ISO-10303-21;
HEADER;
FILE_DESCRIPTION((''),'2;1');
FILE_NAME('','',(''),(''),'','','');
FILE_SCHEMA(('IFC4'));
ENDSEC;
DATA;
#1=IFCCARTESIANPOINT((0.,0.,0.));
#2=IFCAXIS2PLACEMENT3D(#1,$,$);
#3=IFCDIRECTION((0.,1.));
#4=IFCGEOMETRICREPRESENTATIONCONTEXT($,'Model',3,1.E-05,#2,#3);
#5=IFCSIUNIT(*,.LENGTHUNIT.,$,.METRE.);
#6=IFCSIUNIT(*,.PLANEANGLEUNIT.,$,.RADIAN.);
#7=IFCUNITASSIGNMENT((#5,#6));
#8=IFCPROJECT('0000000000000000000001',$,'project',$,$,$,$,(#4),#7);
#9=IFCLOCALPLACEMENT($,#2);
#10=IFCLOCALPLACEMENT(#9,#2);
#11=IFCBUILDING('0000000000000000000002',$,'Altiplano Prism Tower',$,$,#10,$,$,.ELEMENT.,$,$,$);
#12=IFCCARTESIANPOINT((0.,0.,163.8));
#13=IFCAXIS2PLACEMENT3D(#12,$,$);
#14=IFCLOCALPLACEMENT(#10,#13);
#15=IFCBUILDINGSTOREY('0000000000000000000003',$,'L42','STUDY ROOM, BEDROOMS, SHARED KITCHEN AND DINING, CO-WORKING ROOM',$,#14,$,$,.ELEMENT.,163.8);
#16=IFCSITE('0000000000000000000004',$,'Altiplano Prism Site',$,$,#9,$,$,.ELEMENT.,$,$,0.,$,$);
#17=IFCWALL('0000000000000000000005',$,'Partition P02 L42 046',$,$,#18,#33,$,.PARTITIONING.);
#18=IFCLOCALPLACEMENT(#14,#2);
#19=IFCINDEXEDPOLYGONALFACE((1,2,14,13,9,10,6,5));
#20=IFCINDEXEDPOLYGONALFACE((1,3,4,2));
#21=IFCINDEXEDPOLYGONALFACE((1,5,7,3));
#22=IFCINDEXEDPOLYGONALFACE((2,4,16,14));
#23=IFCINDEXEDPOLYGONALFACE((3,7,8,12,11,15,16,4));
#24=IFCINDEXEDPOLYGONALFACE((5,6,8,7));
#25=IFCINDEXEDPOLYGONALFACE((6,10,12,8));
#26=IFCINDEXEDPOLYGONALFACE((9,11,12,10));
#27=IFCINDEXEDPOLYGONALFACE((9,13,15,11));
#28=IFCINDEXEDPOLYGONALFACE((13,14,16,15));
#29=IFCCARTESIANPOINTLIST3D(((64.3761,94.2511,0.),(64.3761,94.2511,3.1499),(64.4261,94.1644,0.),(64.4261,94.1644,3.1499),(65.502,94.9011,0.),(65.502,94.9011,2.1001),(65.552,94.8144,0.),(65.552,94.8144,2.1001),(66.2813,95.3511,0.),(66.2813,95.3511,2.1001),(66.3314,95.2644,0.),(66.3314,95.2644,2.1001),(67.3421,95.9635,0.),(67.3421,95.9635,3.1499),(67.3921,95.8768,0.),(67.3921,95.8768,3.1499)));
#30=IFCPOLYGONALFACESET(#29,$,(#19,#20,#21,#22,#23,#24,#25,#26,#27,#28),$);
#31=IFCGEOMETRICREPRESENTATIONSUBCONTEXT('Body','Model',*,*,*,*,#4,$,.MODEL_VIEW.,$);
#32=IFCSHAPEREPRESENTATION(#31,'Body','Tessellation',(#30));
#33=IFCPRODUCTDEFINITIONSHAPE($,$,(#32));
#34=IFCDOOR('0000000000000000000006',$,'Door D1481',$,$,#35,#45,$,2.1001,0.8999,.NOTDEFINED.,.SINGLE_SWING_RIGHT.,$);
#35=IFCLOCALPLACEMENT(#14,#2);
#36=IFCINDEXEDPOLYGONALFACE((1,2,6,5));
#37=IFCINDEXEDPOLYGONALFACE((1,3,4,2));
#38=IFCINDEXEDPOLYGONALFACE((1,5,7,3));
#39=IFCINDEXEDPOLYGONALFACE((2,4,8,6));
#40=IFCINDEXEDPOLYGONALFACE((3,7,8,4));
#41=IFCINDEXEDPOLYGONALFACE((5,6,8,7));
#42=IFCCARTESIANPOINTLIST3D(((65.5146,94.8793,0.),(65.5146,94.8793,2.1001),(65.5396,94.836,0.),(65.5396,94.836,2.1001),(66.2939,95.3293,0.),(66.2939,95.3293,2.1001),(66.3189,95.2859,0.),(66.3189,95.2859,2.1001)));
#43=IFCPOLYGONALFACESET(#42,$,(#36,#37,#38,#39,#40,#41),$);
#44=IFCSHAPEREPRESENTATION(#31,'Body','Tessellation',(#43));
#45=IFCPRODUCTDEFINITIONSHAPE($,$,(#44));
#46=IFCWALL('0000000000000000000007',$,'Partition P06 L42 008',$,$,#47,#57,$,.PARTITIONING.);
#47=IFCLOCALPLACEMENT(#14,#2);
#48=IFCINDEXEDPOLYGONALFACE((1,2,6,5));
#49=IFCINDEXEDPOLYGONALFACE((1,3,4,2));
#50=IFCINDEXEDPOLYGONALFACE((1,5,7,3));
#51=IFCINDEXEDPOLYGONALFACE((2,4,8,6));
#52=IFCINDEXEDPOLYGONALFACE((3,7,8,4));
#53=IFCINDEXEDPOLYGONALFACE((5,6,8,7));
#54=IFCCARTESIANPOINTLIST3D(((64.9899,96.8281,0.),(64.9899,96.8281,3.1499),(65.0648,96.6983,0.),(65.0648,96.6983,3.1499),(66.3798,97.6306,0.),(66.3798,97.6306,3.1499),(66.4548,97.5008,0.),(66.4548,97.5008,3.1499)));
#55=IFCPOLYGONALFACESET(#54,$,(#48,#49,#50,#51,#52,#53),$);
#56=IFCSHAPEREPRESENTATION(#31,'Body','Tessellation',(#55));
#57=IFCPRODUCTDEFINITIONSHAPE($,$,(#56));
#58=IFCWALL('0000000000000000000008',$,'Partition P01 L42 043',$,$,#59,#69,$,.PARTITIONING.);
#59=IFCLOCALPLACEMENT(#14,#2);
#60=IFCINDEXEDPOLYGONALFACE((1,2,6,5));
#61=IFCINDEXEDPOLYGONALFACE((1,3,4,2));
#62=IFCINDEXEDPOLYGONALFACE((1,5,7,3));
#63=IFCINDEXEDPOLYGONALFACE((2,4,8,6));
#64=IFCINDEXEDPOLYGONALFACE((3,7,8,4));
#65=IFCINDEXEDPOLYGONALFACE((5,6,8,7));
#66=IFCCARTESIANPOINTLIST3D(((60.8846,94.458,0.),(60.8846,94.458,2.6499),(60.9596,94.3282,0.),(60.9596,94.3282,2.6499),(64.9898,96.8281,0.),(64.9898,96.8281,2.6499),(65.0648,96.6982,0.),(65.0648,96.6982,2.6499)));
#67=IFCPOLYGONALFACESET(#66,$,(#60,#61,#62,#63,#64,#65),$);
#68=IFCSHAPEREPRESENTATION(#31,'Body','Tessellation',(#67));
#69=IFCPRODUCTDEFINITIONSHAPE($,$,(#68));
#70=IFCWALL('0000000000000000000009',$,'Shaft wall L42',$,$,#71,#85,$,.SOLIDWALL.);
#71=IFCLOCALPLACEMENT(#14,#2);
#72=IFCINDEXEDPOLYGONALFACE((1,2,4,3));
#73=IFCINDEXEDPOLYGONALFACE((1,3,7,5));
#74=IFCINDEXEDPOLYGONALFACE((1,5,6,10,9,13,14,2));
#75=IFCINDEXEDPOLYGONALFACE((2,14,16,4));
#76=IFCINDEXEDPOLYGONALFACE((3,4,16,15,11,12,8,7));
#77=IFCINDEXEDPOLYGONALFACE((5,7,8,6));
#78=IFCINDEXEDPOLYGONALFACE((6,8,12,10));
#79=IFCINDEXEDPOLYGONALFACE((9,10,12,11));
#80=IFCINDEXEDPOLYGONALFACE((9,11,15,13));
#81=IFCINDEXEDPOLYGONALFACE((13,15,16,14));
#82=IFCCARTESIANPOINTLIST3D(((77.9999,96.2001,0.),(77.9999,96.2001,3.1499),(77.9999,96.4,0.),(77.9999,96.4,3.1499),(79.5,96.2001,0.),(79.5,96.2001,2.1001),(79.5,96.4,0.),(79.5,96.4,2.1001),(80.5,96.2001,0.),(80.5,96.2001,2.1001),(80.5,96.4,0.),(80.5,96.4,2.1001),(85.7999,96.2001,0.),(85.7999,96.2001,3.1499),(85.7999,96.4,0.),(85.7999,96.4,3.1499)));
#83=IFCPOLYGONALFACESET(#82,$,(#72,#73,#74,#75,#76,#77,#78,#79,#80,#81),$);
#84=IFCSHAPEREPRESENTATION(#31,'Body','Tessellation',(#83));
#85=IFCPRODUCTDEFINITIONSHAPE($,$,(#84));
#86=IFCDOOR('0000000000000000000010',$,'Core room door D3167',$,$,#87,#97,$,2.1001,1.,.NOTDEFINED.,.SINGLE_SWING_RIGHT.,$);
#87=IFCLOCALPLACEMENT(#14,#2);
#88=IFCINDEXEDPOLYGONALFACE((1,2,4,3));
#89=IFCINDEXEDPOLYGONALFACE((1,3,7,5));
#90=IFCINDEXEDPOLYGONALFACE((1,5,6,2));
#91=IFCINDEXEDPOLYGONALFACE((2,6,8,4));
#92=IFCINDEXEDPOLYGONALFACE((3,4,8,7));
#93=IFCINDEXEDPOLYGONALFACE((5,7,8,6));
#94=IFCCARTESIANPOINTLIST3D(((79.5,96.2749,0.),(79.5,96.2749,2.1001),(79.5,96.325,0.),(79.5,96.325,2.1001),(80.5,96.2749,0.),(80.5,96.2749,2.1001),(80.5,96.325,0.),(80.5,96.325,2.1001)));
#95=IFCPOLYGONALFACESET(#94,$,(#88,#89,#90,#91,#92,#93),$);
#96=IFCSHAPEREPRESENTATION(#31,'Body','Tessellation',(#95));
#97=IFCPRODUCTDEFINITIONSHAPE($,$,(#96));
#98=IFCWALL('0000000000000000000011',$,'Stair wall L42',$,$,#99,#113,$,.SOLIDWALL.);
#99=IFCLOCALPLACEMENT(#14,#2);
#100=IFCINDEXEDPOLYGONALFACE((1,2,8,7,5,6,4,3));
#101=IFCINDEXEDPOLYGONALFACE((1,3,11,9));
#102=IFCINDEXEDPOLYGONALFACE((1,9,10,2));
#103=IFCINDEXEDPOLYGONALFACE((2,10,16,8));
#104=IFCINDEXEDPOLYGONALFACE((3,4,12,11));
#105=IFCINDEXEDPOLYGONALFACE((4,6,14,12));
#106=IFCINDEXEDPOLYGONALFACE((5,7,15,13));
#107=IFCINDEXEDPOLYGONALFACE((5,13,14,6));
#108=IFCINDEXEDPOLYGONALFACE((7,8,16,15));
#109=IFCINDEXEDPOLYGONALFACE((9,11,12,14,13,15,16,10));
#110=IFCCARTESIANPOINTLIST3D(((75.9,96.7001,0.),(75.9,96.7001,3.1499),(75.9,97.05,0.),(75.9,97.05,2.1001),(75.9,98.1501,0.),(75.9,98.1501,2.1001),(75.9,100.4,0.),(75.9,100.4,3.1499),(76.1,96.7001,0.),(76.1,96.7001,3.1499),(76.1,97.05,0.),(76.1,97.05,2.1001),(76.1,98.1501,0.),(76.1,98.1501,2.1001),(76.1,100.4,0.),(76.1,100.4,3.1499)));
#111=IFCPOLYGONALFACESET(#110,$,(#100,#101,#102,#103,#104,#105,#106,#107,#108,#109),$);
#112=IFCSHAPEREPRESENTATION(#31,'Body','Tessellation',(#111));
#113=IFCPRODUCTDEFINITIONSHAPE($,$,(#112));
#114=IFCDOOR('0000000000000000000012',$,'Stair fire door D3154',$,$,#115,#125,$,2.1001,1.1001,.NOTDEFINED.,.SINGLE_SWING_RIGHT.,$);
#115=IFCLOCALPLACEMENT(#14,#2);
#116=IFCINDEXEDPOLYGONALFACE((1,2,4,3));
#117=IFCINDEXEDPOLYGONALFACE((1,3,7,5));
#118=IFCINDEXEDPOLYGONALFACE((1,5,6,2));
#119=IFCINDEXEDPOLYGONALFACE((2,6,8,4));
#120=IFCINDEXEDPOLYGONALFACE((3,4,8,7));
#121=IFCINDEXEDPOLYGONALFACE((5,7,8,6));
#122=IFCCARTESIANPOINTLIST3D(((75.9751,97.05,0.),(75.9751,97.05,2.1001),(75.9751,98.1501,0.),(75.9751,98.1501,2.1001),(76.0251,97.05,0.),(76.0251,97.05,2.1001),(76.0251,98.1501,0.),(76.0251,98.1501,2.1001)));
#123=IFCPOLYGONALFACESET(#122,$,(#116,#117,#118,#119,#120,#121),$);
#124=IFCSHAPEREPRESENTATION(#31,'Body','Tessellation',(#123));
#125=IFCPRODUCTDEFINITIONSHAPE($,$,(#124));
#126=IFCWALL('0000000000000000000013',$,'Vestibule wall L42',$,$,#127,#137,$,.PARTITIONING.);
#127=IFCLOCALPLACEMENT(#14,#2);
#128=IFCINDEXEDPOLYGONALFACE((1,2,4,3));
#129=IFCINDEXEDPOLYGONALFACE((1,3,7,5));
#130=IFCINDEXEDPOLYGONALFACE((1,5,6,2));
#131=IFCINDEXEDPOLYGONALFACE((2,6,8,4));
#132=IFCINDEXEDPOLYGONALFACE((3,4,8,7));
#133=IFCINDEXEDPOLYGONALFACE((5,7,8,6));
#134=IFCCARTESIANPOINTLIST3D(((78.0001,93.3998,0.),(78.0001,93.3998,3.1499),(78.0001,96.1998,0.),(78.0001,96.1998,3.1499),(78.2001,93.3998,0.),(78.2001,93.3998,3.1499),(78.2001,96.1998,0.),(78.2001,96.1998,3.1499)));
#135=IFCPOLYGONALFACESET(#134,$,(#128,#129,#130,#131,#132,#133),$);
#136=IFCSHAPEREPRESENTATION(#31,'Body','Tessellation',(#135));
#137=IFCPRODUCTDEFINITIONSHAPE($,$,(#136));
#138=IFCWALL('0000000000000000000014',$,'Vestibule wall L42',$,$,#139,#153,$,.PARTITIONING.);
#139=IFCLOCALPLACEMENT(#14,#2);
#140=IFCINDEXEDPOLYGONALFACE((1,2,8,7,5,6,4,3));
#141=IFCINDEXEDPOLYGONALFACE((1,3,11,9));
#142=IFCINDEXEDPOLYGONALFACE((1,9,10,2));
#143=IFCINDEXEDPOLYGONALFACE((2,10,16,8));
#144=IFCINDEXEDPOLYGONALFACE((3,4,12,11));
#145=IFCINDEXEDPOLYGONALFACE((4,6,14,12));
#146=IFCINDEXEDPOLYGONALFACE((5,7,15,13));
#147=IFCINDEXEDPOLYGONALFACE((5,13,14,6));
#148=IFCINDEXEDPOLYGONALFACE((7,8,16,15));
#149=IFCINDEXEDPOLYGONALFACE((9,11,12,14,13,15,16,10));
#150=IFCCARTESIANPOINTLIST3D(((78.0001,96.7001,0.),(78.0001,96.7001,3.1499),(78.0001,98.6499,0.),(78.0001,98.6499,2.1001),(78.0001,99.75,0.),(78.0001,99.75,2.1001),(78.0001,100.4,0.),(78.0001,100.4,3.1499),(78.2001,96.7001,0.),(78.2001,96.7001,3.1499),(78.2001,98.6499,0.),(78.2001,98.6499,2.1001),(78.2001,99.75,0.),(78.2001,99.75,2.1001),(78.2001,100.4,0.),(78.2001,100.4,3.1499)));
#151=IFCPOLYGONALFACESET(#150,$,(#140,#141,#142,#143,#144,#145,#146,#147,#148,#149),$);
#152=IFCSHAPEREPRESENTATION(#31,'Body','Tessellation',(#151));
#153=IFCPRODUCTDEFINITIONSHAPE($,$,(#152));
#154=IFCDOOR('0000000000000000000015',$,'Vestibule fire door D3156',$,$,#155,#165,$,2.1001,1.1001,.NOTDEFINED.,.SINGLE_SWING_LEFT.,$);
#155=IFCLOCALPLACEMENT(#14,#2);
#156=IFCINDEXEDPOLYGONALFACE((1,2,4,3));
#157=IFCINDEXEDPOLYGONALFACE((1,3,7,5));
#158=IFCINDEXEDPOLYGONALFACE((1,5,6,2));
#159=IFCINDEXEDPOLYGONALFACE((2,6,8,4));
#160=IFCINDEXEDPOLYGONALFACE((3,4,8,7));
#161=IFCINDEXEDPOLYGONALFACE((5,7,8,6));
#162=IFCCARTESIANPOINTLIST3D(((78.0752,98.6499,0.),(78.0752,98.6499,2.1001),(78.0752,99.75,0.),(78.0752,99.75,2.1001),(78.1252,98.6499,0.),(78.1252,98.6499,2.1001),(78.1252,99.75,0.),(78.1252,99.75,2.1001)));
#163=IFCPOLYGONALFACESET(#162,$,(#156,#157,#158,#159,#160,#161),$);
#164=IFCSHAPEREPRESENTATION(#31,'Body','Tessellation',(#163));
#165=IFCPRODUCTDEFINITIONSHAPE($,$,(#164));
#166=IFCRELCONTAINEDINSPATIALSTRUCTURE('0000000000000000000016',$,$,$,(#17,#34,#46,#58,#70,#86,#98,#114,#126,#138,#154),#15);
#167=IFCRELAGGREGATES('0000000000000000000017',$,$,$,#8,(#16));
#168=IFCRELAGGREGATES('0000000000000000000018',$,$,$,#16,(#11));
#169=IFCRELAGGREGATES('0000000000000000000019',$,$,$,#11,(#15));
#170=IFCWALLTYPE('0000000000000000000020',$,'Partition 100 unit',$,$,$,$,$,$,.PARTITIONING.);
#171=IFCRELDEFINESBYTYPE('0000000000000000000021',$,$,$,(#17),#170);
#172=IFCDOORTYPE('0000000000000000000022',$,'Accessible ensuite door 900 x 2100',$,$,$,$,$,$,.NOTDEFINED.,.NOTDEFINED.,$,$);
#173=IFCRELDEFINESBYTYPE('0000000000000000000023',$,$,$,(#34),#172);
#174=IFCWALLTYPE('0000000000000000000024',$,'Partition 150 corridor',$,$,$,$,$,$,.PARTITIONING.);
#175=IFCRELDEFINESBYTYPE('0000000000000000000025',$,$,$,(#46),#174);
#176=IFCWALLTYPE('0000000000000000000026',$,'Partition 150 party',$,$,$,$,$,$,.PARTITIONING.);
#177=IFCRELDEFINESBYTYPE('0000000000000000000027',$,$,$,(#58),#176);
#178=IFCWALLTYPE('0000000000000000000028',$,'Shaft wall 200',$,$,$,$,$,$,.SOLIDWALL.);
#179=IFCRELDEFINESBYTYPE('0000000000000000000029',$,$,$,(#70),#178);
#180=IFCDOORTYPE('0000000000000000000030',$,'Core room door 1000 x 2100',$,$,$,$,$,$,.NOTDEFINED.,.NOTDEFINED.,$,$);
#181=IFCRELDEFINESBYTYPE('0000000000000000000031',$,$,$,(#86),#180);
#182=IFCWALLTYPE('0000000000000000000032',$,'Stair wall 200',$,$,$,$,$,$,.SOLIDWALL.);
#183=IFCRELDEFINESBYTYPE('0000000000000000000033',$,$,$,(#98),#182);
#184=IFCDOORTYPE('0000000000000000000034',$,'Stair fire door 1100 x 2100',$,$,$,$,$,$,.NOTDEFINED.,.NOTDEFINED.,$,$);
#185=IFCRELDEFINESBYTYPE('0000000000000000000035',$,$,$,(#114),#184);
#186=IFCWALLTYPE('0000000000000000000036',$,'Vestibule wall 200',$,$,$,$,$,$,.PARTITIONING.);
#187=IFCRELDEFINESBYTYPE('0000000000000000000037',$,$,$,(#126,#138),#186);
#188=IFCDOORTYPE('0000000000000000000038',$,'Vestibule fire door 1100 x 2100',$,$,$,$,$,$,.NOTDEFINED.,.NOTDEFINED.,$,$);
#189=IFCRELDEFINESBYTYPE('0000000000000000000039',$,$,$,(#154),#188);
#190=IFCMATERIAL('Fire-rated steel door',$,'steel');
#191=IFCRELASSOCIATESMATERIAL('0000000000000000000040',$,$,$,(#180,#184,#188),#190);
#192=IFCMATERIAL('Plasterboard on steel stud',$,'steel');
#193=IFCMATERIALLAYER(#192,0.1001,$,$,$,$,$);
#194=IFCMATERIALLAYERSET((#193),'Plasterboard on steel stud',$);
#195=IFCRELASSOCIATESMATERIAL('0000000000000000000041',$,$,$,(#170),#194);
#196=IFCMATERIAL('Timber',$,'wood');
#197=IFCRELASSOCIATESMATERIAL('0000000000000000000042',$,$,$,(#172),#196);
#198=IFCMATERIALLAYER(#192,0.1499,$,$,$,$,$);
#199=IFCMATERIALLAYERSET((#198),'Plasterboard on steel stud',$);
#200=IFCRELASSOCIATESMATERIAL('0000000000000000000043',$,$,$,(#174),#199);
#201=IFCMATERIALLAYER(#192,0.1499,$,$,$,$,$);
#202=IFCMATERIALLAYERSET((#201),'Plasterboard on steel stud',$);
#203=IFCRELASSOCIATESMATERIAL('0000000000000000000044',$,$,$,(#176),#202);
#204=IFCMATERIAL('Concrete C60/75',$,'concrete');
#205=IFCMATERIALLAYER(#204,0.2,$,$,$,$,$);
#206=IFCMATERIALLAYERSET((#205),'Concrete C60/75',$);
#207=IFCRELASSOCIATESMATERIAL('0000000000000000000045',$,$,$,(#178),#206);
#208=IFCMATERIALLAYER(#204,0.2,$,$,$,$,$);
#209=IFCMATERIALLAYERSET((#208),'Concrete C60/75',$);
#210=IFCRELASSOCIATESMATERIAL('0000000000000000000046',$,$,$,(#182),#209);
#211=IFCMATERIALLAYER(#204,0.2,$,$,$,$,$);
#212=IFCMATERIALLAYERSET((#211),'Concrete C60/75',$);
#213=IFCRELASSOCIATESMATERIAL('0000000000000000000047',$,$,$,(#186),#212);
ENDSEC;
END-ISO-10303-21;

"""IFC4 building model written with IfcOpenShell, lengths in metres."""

from ifc_helpers import new_model, si_unit, direction, frame, frame_2d, origin, place, context, subcontext, project, spatial, rectangle, extrude, material, layer, layer_set, type_object, element, fill, save


model = new_model("IFC4")

# Units and contexts
model_context = context("Model", 3, precision=1e-05, world=origin(), true_north=direction((0.0, 1.0)))
body_context = subcontext(model_context, "Body", "Model", "MODEL_VIEW")
ifc_project = project(units=[si_unit("LENGTHUNIT", "METRE"), si_unit("PLANEANGLEUNIT", "RADIAN")], contexts=[model_context])

# Site, building, storey
site_placement = place(None, origin())
site = spatial("IfcSite", under=ifc_project, at=site_placement, Name="Altiplano Prism Site", CompositionType="ELEMENT", RefElevation=0.0)
building_placement = place(site_placement, origin())
building = spatial("IfcBuilding", under=site, at=building_placement, Name="Altiplano Prism Tower", CompositionType="ELEMENT")
storey_placement = place(building_placement, frame((0.0, 0.0, 163.8)))
storey = spatial("IfcBuildingStorey", under=building, at=storey_placement, Name="L42", Description="STUDY ROOM, BEDROOMS, SHARED KITCHEN AND DINING, CO-WORKING ROOM", CompositionType="ELEMENT", Elevation=163.8)

# Shared definitions
ifc_material_1 = material(Name="Concrete C60/75", Category="concrete")

# Shared definitions
ifc_material_2 = material(Name="Fire-rated steel door", Category="steel")
door_type_1 = type_object("IfcDoorType", Name="Core room door 1000 x 2100", OperationType="NOTDEFINED", PredefinedType="NOTDEFINED", material=ifc_material_2)

# Shared definitions
ifc_material_3 = material(Name="Plasterboard on steel stud", Category="steel")
ifc_layer_1 = layer(ifc_material_3, 0.1001)
ifc_layer_set_1 = layer_set([ifc_layer_1], Name="Plasterboard on steel stud")
wall_type_1 = type_object("IfcWallType", Name="Partition 100 unit", PredefinedType="PARTITIONING", material=ifc_layer_set_1)

# Wall, opening, door
wall_1_placement = place(storey_placement, frame((64.4011, 94.2078, 0.0), z_axis=(0.0, 0.0, 1.0), x_axis=(0.866032, 0.499988, 0.0)))
wall_1 = element("IfcWall", 1, at=wall_1_placement, inside=storey, type_object=wall_type_1, Name="Partition P02 L42 046", PredefinedType="PARTITIONING", context=body_context, shape_type="SweptSolid", body=[
    extrude(rectangle(XDim=3.4248, YDim=0.1001, at=frame_2d((1.7124, 0.0))), origin(), (0.0, 0.0, 1.0), 3.1499),
])
opening_1_placement = place(wall_1_placement, frame((1.3, 0.0, 0.0)))
opening_1 = element("IfcOpeningElement", 2, at=opening_1_placement, cuts=wall_1, PredefinedType="OPENING", context=body_context, shape_type="SweptSolid", body=[
    extrude(rectangle(XDim=0.8999, YDim=2.1001, at=frame_2d((0.45, 1.05))), frame((0.0, 0.0605, 0.0), z_axis=(0.0, -1.0, 0.0), x_axis=(1.0, 0.0, 0.0)), (0.0, 0.0, 1.0), 0.1211),
])
ifc_material_4 = material(Name="Timber", Category="wood")
door_type_2 = type_object("IfcDoorType", Name="Accessible ensuite door 900 x 2100", OperationType="NOTDEFINED", PredefinedType="NOTDEFINED", material=ifc_material_4)
door_1_placement = place(opening_1_placement, origin())
door_1 = element("IfcDoor", 3, at=door_1_placement, inside=storey, type_object=door_type_2, Name="Door D1481", OperationType="SINGLE_SWING_RIGHT", OverallHeight=2.1001, OverallWidth=0.8999, PredefinedType="NOTDEFINED", context=body_context, shape_type="SweptSolid", body=[
    extrude(rectangle(XDim=0.8999, YDim=2.1001, at=frame_2d((0.45, 1.05))), frame((0.0, 0.0249, 0.0), z_axis=(0.0, -1.0, 0.0), x_axis=(1.0, 0.0, 0.0)), (0.0, 0.0, 1.0), 0.05),
])
fill(opening_1, door_1)

# Walls
ifc_layer_2 = layer(ifc_material_3, 0.1499)
ifc_layer_set_2 = layer_set([ifc_layer_2], Name="Plasterboard on steel stud")
wall_type_2 = type_object("IfcWallType", Name="Partition 150 corridor", PredefinedType="PARTITIONING", material=ifc_layer_set_2)
wall_2_placement = place(storey_placement, frame((65.0273, 96.7632, 0.0), z_axis=(0.0, 0.0, 1.0), x_axis=(0.866016, 0.500017, 0.0)))
element("IfcWall", 4, at=wall_2_placement, inside=storey, type_object=wall_type_2, Name="Partition P06 L42 008", PredefinedType="PARTITIONING", context=body_context, shape_type="SweptSolid", body=[
    extrude(rectangle(XDim=1.605, YDim=0.1499, at=frame_2d((0.8025, 0.0))), origin(), (0.0, 0.0, 1.0), 3.1499),
])
ifc_layer_3 = layer(ifc_material_3, 0.1499)
ifc_layer_set_3 = layer_set([ifc_layer_3], Name="Plasterboard on steel stud")
wall_type_3 = type_object("IfcWallType", Name="Partition 150 party", PredefinedType="PARTITIONING", material=ifc_layer_set_3)
wall_3_placement = place(storey_placement, frame((60.9221, 94.3931, 0.0), z_axis=(0.0, 0.0, 1.0), x_axis=(0.866029, 0.499994, 0.0)))
element("IfcWall", 5, at=wall_3_placement, inside=storey, type_object=wall_type_3, Name="Partition P01 L42 043", PredefinedType="PARTITIONING", context=body_context, shape_type="SweptSolid", body=[
    extrude(rectangle(XDim=4.7402, YDim=0.1499, at=frame_2d((2.3701, 0.0))), origin(), (0.0, 0.0, 1.0), 2.6499),
])

# Walls, openings, doors
ifc_layer_4 = layer(ifc_material_1, 0.2)
ifc_layer_set_4 = layer_set([ifc_layer_4], Name="Concrete C60/75")
wall_type_4 = type_object("IfcWallType", Name="Shaft wall 200", PredefinedType="SOLIDWALL", material=ifc_layer_set_4)
wall_4_placement = place(storey_placement, frame((78.0, 96.3, 0.0), z_axis=(0.0, 0.0, 1.0), x_axis=(1.0, 0.0, 0.0)))
wall_4 = element("IfcWall", 6, at=wall_4_placement, inside=storey, type_object=wall_type_4, Name="Shaft wall L42", PredefinedType="SOLIDWALL", context=body_context, shape_type="SweptSolid", body=[
    extrude(rectangle(XDim=7.8, YDim=0.2, at=frame_2d((3.8999, 0.0))), origin(), (0.0, 0.0, 1.0), 3.1499),
])
opening_2_placement = place(wall_4_placement, frame((1.5, 0.0, 0.0)))
opening_2 = element("IfcOpeningElement", 7, at=opening_2_placement, cuts=wall_4, PredefinedType="OPENING", context=body_context, shape_type="SweptSolid", body=[
    extrude(rectangle(XDim=1.0, YDim=2.1001, at=frame_2d((0.5, 1.05))), frame((0.0, 0.1104, 0.0), z_axis=(0.0, -1.0, 0.0), x_axis=(1.0, 0.0, 0.0)), (0.0, 0.0, 1.0), 0.2209),
])
door_2_placement = place(opening_2_placement, origin())
door_2 = element("IfcDoor", 8, at=door_2_placement, inside=storey, type_object=door_type_1, Name="Core room door D3167", OperationType="SINGLE_SWING_RIGHT", OverallHeight=2.1001, OverallWidth=1.0, PredefinedType="NOTDEFINED", context=body_context, shape_type="SweptSolid", body=[
    extrude(rectangle(XDim=1.0, YDim=2.1001, at=frame_2d((0.5, 1.05))), frame((0.0, 0.0249, 0.0), z_axis=(0.0, -1.0, 0.0), x_axis=(1.0, 0.0, 0.0)), (0.0, 0.0, 1.0), 0.05),
])
fill(opening_2, door_2)
ifc_layer_5 = layer(ifc_material_1, 0.2)
ifc_layer_set_5 = layer_set([ifc_layer_5], Name="Concrete C60/75")
wall_type_5 = type_object("IfcWallType", Name="Stair wall 200", PredefinedType="SOLIDWALL", material=ifc_layer_set_5)
wall_5_placement = place(storey_placement, frame((76.0, 96.7, 0.0), z_axis=(0.0, 0.0, 1.0), x_axis=(0.0, 1.0, 0.0)))
wall_5 = element("IfcWall", 9, at=wall_5_placement, inside=storey, type_object=wall_type_5, Name="Stair wall L42", PredefinedType="SOLIDWALL", context=body_context, shape_type="SweptSolid", body=[
    extrude(rectangle(XDim=3.7, YDim=0.2, at=frame_2d((1.8501, 0.0))), origin(), (0.0, 0.0, 1.0), 3.1499),
])
opening_3_placement = place(wall_5_placement, frame((0.3501, 0.0, 0.0)))
opening_3 = element("IfcOpeningElement", 10, at=opening_3_placement, cuts=wall_5, PredefinedType="OPENING", context=body_context, shape_type="SweptSolid", body=[
    extrude(rectangle(XDim=1.1001, YDim=2.1001, at=frame_2d((0.55, 1.05))), frame((0.0, 0.1104, 0.0), z_axis=(0.0, -1.0, 0.0), x_axis=(1.0, 0.0, 0.0)), (0.0, 0.0, 1.0), 0.2209),
])
door_type_3 = type_object("IfcDoorType", Name="Stair fire door 1100 x 2100", OperationType="NOTDEFINED", PredefinedType="NOTDEFINED", material=ifc_material_2)
door_3_placement = place(opening_3_placement, origin())
door_3 = element("IfcDoor", 11, at=door_3_placement, inside=storey, type_object=door_type_3, Name="Stair fire door D3154", OperationType="SINGLE_SWING_RIGHT", OverallHeight=2.1001, OverallWidth=1.1001, PredefinedType="NOTDEFINED", context=body_context, shape_type="SweptSolid", body=[
    extrude(rectangle(XDim=1.1001, YDim=2.1001, at=frame_2d((0.55, 1.05))), frame((0.0, 0.0249, 0.0), z_axis=(0.0, -1.0, 0.0), x_axis=(1.0, 0.0, 0.0)), (0.0, 0.0, 1.0), 0.05),
])
fill(opening_3, door_3)

# Wall
ifc_layer_6 = layer(ifc_material_1, 0.2)
ifc_layer_set_6 = layer_set([ifc_layer_6], Name="Concrete C60/75")
wall_type_6 = type_object("IfcWallType", Name="Vestibule wall 200", PredefinedType="PARTITIONING", material=ifc_layer_set_6)
wall_6_placement = place(storey_placement, frame((78.1001, 93.3999, 0.0), z_axis=(0.0, 0.0, 1.0), x_axis=(0.0, 1.0, 0.0)))
element("IfcWall", 12, at=wall_6_placement, inside=storey, type_object=wall_type_6, Name="Vestibule wall L42", PredefinedType="PARTITIONING", context=body_context, shape_type="SweptSolid", body=[
    extrude(rectangle(XDim=2.8, YDim=0.2, at=frame_2d((1.3999, 0.0))), origin(), (0.0, 0.0, 1.0), 3.1499),
])

# Wall, opening, door
wall_7_placement = place(storey_placement, frame((78.1001, 96.7, 0.0), z_axis=(0.0, 0.0, 1.0), x_axis=(0.0, 1.0, 0.0)))
wall_7 = element("IfcWall", 13, at=wall_7_placement, inside=storey, type_object=wall_type_6, Name="Vestibule wall L42", PredefinedType="PARTITIONING", context=body_context, shape_type="SweptSolid", body=[
    extrude(rectangle(XDim=3.7, YDim=0.2, at=frame_2d((1.8501, 0.0))), origin(), (0.0, 0.0, 1.0), 3.1499),
])
opening_4_placement = place(wall_7_placement, frame((1.95, 0.0, 0.0)))
opening_4 = element("IfcOpeningElement", 14, at=opening_4_placement, cuts=wall_7, PredefinedType="OPENING", context=body_context, shape_type="SweptSolid", body=[
    extrude(rectangle(XDim=1.1001, YDim=2.1001, at=frame_2d((0.55, 1.05))), frame((0.0, 0.1104, 0.0), z_axis=(0.0, -1.0, 0.0), x_axis=(1.0, 0.0, 0.0)), (0.0, 0.0, 1.0), 0.2209),
])
door_type_4 = type_object("IfcDoorType", Name="Vestibule fire door 1100 x 2100", OperationType="NOTDEFINED", PredefinedType="NOTDEFINED", material=ifc_material_2)
door_4_placement = place(opening_4_placement, origin())
door_4 = element("IfcDoor", 15, at=door_4_placement, inside=storey, type_object=door_type_4, Name="Vestibule fire door D3156", OperationType="SINGLE_SWING_LEFT", OverallHeight=2.1001, OverallWidth=1.1001, PredefinedType="NOTDEFINED", context=body_context, shape_type="SweptSolid", body=[
    extrude(rectangle(XDim=1.1001, YDim=2.1001, at=frame_2d((0.55, 1.05))), frame((0.0, 0.0249, 0.0), z_axis=(0.0, -1.0, 0.0), x_axis=(1.0, 0.0, 0.0)), (0.0, 0.0, 1.0), 0.05),
])
fill(opening_4, door_4)

save(model, "model.ifc")
